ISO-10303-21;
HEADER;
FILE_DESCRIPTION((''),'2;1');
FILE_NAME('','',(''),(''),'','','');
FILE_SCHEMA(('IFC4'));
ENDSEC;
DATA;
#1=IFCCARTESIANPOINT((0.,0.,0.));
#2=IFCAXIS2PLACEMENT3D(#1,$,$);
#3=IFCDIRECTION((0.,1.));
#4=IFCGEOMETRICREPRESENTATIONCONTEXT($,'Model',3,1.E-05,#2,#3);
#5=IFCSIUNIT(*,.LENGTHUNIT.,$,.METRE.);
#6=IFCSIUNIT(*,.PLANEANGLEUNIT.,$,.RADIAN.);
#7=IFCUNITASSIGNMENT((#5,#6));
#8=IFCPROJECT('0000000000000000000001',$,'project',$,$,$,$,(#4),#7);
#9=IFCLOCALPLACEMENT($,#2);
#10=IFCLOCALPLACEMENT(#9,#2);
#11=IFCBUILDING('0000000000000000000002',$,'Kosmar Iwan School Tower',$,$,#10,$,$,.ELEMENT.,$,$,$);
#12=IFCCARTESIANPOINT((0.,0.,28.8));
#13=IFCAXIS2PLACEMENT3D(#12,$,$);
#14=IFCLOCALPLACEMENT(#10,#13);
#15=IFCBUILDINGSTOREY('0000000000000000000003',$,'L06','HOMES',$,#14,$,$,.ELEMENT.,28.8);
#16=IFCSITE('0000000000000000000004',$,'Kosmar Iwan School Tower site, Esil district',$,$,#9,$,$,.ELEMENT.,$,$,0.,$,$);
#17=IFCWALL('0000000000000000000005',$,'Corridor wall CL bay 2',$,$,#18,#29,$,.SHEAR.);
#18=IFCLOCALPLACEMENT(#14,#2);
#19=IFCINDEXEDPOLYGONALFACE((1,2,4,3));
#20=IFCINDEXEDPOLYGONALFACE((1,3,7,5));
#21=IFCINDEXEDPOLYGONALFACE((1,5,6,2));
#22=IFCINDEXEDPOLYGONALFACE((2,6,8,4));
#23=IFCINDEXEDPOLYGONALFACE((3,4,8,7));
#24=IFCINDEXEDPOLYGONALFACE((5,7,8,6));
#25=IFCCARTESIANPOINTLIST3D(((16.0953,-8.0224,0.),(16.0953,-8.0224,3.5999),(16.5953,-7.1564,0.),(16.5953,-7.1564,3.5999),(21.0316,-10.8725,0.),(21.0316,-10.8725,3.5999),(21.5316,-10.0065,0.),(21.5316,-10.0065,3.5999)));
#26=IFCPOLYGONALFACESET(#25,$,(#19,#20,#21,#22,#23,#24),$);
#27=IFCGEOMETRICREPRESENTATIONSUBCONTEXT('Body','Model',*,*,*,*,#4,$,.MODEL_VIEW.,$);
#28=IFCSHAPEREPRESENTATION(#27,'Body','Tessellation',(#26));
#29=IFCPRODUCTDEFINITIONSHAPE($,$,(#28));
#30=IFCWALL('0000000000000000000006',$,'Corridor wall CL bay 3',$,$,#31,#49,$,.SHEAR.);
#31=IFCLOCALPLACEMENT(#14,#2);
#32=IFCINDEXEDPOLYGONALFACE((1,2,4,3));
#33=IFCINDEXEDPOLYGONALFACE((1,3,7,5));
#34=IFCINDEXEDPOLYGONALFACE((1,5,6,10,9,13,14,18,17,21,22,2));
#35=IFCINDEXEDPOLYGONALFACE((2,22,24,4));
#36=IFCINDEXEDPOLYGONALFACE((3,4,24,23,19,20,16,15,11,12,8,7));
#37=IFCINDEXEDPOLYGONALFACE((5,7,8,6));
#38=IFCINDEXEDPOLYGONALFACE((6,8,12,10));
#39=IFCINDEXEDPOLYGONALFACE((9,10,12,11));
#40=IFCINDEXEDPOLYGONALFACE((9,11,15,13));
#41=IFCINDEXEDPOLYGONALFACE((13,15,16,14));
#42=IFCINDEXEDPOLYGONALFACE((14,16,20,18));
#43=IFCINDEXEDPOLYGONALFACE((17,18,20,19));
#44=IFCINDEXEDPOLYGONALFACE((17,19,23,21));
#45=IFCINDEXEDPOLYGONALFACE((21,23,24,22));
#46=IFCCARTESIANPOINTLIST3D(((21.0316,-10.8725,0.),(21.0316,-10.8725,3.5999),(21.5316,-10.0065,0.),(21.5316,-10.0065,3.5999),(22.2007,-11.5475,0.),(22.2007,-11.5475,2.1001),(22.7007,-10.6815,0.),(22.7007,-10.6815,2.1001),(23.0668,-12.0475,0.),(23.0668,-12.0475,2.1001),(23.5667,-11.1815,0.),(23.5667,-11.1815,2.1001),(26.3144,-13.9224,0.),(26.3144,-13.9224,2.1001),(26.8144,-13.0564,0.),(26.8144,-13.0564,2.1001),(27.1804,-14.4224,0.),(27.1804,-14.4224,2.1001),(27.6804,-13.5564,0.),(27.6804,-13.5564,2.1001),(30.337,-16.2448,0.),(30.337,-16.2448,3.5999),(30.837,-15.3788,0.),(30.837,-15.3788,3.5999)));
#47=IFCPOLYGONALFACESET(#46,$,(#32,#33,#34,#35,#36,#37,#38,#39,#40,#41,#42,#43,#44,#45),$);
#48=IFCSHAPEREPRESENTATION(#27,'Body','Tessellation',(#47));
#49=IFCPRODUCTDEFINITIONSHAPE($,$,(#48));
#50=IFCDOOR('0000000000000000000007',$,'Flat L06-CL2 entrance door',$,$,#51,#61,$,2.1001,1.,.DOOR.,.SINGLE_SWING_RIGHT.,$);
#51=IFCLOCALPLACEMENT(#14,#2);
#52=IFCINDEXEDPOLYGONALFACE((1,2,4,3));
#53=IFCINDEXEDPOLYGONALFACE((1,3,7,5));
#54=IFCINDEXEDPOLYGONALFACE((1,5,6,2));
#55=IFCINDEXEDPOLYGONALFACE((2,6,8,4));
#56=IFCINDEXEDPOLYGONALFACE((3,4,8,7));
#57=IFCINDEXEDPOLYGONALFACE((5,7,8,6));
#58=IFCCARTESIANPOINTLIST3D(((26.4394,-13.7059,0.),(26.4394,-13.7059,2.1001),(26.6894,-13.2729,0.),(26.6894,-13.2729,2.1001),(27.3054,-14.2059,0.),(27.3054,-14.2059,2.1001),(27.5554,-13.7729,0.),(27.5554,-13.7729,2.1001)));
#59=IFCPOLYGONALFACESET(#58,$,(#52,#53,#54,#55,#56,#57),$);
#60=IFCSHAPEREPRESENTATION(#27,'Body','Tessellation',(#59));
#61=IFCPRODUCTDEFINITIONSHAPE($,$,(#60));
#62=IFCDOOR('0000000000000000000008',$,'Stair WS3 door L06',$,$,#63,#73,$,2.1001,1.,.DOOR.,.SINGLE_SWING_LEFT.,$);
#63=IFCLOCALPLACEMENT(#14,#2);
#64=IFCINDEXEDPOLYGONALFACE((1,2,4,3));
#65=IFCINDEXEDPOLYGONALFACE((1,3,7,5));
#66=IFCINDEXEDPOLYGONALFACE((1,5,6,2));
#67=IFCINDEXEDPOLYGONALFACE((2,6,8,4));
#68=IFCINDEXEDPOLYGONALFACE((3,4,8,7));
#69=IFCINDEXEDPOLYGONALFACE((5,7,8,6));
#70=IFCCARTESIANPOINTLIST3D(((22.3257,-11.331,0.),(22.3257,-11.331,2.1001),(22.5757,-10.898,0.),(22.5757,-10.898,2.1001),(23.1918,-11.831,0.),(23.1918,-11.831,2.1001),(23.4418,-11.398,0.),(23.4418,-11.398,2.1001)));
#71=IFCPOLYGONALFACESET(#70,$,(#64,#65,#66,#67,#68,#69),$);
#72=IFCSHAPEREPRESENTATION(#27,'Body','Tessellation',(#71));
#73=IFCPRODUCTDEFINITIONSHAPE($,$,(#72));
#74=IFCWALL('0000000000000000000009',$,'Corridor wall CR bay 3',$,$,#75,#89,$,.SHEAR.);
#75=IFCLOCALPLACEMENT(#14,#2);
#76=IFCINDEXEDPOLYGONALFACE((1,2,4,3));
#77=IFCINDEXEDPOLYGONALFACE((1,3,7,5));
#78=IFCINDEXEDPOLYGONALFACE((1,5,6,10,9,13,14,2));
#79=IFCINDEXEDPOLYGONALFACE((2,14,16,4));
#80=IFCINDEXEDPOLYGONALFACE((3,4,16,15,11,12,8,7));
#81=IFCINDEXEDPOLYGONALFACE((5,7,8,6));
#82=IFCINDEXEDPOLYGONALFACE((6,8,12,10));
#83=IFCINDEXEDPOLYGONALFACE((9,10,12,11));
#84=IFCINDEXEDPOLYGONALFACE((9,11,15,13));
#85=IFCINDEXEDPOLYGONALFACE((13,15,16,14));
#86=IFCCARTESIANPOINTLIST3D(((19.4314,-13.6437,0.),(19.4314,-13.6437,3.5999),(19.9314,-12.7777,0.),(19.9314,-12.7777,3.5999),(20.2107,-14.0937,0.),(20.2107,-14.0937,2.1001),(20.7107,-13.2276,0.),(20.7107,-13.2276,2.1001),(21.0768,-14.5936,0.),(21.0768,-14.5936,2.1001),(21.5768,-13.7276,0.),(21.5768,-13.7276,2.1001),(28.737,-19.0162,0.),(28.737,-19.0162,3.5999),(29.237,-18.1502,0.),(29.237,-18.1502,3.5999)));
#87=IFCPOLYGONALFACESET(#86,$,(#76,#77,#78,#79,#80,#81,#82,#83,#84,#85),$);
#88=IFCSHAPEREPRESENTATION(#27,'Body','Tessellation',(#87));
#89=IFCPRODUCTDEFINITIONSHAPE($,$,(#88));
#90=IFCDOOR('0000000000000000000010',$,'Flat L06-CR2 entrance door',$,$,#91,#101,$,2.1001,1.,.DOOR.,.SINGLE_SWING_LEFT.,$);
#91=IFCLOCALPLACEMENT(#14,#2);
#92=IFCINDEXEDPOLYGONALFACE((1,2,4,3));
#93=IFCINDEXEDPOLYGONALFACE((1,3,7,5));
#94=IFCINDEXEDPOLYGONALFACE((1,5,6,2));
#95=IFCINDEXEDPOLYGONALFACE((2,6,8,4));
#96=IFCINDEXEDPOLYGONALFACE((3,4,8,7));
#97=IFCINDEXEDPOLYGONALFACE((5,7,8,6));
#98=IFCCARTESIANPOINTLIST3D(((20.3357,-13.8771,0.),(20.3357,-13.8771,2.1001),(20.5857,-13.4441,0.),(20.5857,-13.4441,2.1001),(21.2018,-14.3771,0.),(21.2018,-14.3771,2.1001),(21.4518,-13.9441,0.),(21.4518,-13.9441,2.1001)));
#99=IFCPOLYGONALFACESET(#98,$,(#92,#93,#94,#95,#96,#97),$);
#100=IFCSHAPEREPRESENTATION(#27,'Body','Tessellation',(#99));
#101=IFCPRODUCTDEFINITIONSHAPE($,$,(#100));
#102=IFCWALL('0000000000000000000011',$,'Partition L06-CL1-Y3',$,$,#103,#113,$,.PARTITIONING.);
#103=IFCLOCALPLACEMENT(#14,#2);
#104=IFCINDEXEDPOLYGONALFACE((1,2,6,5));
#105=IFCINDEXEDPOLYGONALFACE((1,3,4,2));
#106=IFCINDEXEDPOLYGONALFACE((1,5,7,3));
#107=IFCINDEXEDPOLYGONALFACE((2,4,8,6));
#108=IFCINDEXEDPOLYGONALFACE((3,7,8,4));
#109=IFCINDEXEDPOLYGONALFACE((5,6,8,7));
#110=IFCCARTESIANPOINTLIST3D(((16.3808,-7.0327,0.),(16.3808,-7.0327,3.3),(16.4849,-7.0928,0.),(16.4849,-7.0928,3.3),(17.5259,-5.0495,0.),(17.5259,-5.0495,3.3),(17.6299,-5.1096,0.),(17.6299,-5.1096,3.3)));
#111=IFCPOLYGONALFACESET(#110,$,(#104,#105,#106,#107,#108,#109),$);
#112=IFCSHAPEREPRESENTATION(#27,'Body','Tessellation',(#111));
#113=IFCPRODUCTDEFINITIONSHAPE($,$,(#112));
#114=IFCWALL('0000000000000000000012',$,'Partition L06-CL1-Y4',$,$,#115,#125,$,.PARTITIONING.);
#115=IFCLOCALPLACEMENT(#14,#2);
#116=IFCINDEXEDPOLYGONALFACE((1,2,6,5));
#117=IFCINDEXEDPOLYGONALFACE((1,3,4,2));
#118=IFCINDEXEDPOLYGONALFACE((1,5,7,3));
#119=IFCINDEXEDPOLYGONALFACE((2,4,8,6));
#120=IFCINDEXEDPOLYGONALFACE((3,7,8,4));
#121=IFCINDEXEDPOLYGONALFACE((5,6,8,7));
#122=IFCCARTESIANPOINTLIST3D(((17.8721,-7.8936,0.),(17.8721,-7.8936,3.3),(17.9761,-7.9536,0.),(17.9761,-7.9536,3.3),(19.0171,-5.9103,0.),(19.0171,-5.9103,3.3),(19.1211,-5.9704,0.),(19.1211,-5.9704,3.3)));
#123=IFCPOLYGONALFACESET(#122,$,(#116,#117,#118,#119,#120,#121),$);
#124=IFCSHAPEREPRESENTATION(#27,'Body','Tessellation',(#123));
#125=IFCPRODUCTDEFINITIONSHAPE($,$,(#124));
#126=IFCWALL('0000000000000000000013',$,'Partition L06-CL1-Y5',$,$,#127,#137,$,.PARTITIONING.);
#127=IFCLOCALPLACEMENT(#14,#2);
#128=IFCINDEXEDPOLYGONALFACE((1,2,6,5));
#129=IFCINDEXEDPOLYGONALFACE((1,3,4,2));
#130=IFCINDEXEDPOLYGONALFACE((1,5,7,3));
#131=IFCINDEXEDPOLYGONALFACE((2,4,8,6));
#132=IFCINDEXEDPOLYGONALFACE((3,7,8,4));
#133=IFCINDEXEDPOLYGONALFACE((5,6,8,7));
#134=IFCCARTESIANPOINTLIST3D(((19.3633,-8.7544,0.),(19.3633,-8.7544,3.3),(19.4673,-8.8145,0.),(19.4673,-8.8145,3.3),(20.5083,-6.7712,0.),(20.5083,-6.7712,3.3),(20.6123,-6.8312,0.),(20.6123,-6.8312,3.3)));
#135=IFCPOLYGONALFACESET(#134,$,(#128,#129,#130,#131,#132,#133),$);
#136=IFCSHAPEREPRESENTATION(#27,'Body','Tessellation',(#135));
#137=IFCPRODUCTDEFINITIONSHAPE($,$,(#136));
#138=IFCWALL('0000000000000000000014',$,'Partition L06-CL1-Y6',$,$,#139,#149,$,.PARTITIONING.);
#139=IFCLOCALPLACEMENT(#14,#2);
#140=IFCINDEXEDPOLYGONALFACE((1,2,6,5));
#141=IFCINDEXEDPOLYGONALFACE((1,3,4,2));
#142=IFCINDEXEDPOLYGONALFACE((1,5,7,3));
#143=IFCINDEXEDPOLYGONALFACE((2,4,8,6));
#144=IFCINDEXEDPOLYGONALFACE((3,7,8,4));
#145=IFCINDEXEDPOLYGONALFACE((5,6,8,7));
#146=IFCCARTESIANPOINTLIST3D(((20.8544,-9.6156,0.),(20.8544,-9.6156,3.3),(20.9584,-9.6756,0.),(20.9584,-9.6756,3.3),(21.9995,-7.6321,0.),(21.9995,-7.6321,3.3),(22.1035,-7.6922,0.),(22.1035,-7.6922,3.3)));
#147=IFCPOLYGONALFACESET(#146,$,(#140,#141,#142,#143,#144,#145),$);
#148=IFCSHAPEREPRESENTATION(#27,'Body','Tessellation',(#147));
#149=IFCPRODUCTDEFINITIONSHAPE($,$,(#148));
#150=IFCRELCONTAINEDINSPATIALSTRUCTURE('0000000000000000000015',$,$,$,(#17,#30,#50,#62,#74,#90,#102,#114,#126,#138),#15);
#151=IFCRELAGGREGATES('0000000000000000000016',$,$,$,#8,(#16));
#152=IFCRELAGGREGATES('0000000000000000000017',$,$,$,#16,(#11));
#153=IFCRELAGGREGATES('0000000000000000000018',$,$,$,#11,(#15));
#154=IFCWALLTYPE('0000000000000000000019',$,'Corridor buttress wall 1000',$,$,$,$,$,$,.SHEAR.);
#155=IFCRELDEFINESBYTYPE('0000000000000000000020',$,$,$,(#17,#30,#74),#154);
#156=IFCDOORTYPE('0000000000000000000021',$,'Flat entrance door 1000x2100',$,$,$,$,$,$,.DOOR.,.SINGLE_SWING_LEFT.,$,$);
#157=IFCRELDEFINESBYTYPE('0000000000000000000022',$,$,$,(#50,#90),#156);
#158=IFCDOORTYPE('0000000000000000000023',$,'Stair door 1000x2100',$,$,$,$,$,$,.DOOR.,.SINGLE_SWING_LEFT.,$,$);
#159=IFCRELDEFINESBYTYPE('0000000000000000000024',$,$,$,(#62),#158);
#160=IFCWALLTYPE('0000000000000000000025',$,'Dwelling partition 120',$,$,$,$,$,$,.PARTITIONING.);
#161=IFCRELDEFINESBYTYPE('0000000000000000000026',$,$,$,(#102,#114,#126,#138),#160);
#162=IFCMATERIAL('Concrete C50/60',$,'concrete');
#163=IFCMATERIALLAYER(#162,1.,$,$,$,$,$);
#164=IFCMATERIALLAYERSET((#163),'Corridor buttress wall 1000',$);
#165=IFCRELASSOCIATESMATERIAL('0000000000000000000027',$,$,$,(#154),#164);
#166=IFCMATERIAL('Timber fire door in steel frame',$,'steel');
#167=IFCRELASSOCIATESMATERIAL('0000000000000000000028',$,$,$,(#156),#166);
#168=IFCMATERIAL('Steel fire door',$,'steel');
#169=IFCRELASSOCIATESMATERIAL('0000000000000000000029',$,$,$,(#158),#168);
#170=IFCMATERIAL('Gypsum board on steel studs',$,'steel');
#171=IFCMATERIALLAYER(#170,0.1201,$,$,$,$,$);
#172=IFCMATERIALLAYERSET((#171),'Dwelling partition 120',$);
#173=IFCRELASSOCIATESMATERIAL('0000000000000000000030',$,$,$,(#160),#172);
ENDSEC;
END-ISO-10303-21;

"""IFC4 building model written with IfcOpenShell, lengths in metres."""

from ifc_helpers import new_model, si_unit, direction, frame, frame_2d, origin, place, context, subcontext, project, spatial, rectangle, extrude, material, layer, layer_set, type_object, element, fill, save


model = new_model("IFC4")

# Units and contexts
model_context = context("Model", 3, precision=1e-05, world=origin(), true_north=direction((0.0, 1.0)))
body_context = subcontext(model_context, "Body", "Model", "MODEL_VIEW")
ifc_project = project(units=[si_unit("LENGTHUNIT", "METRE"), si_unit("PLANEANGLEUNIT", "RADIAN")], contexts=[model_context])

# Site, building, storey
site_placement = place(None, origin())
site = spatial("IfcSite", under=ifc_project, at=site_placement, Name="Kosmar Iwan School Tower site, Esil district", CompositionType="ELEMENT", RefElevation=0.0)
building_placement = place(site_placement, origin())
building = spatial("IfcBuilding", under=site, at=building_placement, Name="Kosmar Iwan School Tower", CompositionType="ELEMENT")
storey_placement = place(building_placement, frame((0.0, 0.0, 28.8)))
storey = spatial("IfcBuildingStorey", under=building, at=storey_placement, Name="L06", Description="HOMES", CompositionType="ELEMENT", Elevation=28.8)

# Wall
ifc_material_1 = material(Name="Concrete C50/60", Category="concrete")
ifc_layer_1 = layer(ifc_material_1, 1.0)
ifc_layer_set_1 = layer_set([ifc_layer_1], Name="Corridor buttress wall 1000")
wall_type_1 = type_object("IfcWallType", Name="Corridor buttress wall 1000", PredefinedType="SHEAR", material=ifc_layer_set_1)
wall_1_placement = place(storey_placement, frame((16.3452, -7.5894, 0.0), z_axis=(0.0, 0.0, 1.0), x_axis=(0.866015, -0.500018, 0.0)))
element("IfcWall", 1, at=wall_1_placement, inside=storey, type_object=wall_type_1, Name="Corridor wall CL bay 2", PredefinedType="SHEAR", context=body_context, shape_type="SweptSolid", body=[
    extrude(rectangle(XDim=5.7, YDim=1.0, at=frame_2d((2.8501, 0.0))), origin(), (0.0, 0.0, 1.0), 3.5999),
])

# Wall, openings, doors
wall_2_placement = place(storey_placement, frame((21.2815, -10.4395, 0.0), z_axis=(0.0, 0.0, 1.0), x_axis=(0.866032, -0.499988, 0.0)))
wall_2 = element("IfcWall", 2, at=wall_2_placement, inside=storey, type_object=wall_type_1, Name="Corridor wall CL bay 3", PredefinedType="SHEAR", context=body_context, shape_type="SweptSolid", body=[
    extrude(rectangle(XDim=10.7449, YDim=1.0, at=frame_2d((5.3726, 0.0))), origin(), (0.0, 0.0, 1.0), 3.5999),
])
opening_1_placement = place(wall_2_placement, frame((6.1001, 0.0, 0.0)))
opening_1 = element("IfcOpeningElement", 3, at=opening_1_placement, cuts=wall_2, PredefinedType="OPENING", context=body_context, shape_type="SweptSolid", body=[
    extrude(rectangle(XDim=1.0, YDim=2.1001, at=frame_2d((0.5, 1.05))), frame((0.0, 0.512, 0.0), z_axis=(0.0, -1.0, 0.0), x_axis=(1.0, 0.0, 0.0)), (0.0, 0.0, 1.0), 1.0239),
])
opening_2_placement = place(wall_2_placement, frame((1.3501, 0.0, 0.0)))
opening_2 = element("IfcOpeningElement", 4, at=opening_2_placement, cuts=wall_2, PredefinedType="OPENING", context=body_context, shape_type="SweptSolid", body=[
    extrude(rectangle(XDim=1.0, YDim=2.1001, at=frame_2d((0.5, 1.05))), frame((0.0, 0.512, 0.0), z_axis=(0.0, -1.0, 0.0), x_axis=(1.0, 0.0, 0.0)), (0.0, 0.0, 1.0), 1.0239),
])
ifc_material_2 = material(Name="Timber fire door in steel frame", Category="steel")
door_type_1 = type_object("IfcDoorType", Name="Flat entrance door 1000x2100", OperationType="SINGLE_SWING_LEFT", PredefinedType="DOOR", material=ifc_material_2)
door_1_placement = place(opening_1_placement, origin())
door_1 = element("IfcDoor", 5, at=door_1_placement, inside=storey, type_object=door_type_1, Name="Flat L06-CL2 entrance door", OperationType="SINGLE_SWING_RIGHT", OverallHeight=2.1001, OverallWidth=1.0, PredefinedType="DOOR", context=body_context, shape_type="SweptSolid", body=[
    extrude(rectangle(XDim=1.0, YDim=2.1001, at=frame_2d((0.5, 1.05))), frame((0.0, 0.25, 0.0), z_axis=(0.0, -1.0, 0.0), x_axis=(1.0, 0.0, 0.0)), (0.0, 0.0, 1.0), 0.5),
])
fill(opening_1, door_1)
ifc_material_3 = material(Name="Steel fire door", Category="steel")
door_type_2 = type_object("IfcDoorType", Name="Stair door 1000x2100", OperationType="SINGLE_SWING_LEFT", PredefinedType="DOOR", material=ifc_material_3)
door_2_placement = place(opening_2_placement, origin())
door_2 = element("IfcDoor", 6, at=door_2_placement, inside=storey, type_object=door_type_2, Name="Stair WS3 door L06", OperationType="SINGLE_SWING_LEFT", OverallHeight=2.1001, OverallWidth=1.0, PredefinedType="DOOR", context=body_context, shape_type="SweptSolid", body=[
    extrude(rectangle(XDim=1.0, YDim=2.1001, at=frame_2d((0.5, 1.05))), frame((0.0, 0.25, 0.0), z_axis=(0.0, -1.0, 0.0), x_axis=(1.0, 0.0, 0.0)), (0.0, 0.0, 1.0), 0.5),
])
fill(opening_2, door_2)

# Wall, opening, door
wall_3_placement = place(storey_placement, frame((19.6814, -13.2107, 0.0), z_axis=(0.0, 0.0, 1.0), x_axis=(0.866028, -0.499995, 0.0)))
wall_3 = element("IfcWall", 7, at=wall_3_placement, inside=storey, type_object=wall_type_1, Name="Corridor wall CR bay 3", PredefinedType="SHEAR", context=body_context, shape_type="SweptSolid", body=[
    extrude(rectangle(XDim=10.7451, YDim=1.0, at=frame_2d((5.3726, 0.0))), origin(), (0.0, 0.0, 1.0), 3.5999),
])
opening_3_placement = place(wall_3_placement, frame((0.8999, 0.0, 0.0)))
opening_3 = element("IfcOpeningElement", 8, at=opening_3_placement, cuts=wall_3, PredefinedType="OPENING", context=body_context, shape_type="SweptSolid", body=[
    extrude(rectangle(XDim=1.0, YDim=2.1001, at=frame_2d((0.5, 1.05))), frame((0.0, 0.512, 0.0), z_axis=(0.0, -1.0, 0.0), x_axis=(1.0, 0.0, 0.0)), (0.0, 0.0, 1.0), 1.0239),
])
door_3_placement = place(opening_3_placement, origin())
door_3 = element("IfcDoor", 9, at=door_3_placement, inside=storey, type_object=door_type_1, Name="Flat L06-CR2 entrance door", OperationType="SINGLE_SWING_LEFT", OverallHeight=2.1001, OverallWidth=1.0, PredefinedType="DOOR", context=body_context, shape_type="SweptSolid", body=[
    extrude(rectangle(XDim=1.0, YDim=2.1001, at=frame_2d((0.5, 1.05))), frame((0.0, 0.25, 0.0), z_axis=(0.0, -1.0, 0.0), x_axis=(1.0, 0.0, 0.0)), (0.0, 0.0, 1.0), 0.5),
])
fill(opening_3, door_3)

# Walls
ifc_material_4 = material(Name="Gypsum board on steel studs", Category="steel")
ifc_layer_2 = layer(ifc_material_4, 0.1201)
ifc_layer_set_2 = layer_set([ifc_layer_2], Name="Dwelling partition 120")
wall_type_2 = type_object("IfcWallType", Name="Dwelling partition 120", PredefinedType="PARTITIONING", material=ifc_layer_set_2)
for number, where, z_axis, x_axis, name in (
    (10, (16.4329, -7.0627, 0.0), (0.0, 0.0, 1.0), (0.500015, 0.866017, 0.0), "Partition L06-CL1-Y3"),
    (11, (17.9241, -7.9236, 0.0), (0.0, 0.0, 1.0), (0.500015, 0.866017, 0.0), "Partition L06-CL1-Y4"),
    (12, (19.4153, -8.7844, 0.0), (0.0, 0.0, 1.0), (0.500015, 0.866017, 0.0), "Partition L06-CL1-Y5"),
):
    element("IfcWall", number, at=place(storey_placement, frame(where, z_axis=z_axis, x_axis=x_axis)), inside=storey, type_object=wall_type_2, Name=name, PredefinedType="PARTITIONING", context=body_context, shape_type="SweptSolid", body=[
        extrude(rectangle(XDim=2.29, YDim=0.1201, at=frame_2d((1.145, 0.0))), origin(), (0.0, 0.0, 1.0), 3.3),
    ])
wall_4_placement = place(storey_placement, frame((20.9065, -9.6455, 0.0), z_axis=(0.0, 0.0, 1.0), x_axis=(0.499969, 0.866044, 0.0)))
element("IfcWall", 13, at=wall_4_placement, inside=storey, type_object=wall_type_2, Name="Partition L06-CL1-Y6", PredefinedType="PARTITIONING", context=body_context, shape_type="SweptSolid", body=[
    extrude(rectangle(XDim=2.2903, YDim=0.1201, at=frame_2d((1.145, 0.0))), origin(), (0.0, 0.0, 1.0), 3.3),
])

save(model, "model.ifc")
